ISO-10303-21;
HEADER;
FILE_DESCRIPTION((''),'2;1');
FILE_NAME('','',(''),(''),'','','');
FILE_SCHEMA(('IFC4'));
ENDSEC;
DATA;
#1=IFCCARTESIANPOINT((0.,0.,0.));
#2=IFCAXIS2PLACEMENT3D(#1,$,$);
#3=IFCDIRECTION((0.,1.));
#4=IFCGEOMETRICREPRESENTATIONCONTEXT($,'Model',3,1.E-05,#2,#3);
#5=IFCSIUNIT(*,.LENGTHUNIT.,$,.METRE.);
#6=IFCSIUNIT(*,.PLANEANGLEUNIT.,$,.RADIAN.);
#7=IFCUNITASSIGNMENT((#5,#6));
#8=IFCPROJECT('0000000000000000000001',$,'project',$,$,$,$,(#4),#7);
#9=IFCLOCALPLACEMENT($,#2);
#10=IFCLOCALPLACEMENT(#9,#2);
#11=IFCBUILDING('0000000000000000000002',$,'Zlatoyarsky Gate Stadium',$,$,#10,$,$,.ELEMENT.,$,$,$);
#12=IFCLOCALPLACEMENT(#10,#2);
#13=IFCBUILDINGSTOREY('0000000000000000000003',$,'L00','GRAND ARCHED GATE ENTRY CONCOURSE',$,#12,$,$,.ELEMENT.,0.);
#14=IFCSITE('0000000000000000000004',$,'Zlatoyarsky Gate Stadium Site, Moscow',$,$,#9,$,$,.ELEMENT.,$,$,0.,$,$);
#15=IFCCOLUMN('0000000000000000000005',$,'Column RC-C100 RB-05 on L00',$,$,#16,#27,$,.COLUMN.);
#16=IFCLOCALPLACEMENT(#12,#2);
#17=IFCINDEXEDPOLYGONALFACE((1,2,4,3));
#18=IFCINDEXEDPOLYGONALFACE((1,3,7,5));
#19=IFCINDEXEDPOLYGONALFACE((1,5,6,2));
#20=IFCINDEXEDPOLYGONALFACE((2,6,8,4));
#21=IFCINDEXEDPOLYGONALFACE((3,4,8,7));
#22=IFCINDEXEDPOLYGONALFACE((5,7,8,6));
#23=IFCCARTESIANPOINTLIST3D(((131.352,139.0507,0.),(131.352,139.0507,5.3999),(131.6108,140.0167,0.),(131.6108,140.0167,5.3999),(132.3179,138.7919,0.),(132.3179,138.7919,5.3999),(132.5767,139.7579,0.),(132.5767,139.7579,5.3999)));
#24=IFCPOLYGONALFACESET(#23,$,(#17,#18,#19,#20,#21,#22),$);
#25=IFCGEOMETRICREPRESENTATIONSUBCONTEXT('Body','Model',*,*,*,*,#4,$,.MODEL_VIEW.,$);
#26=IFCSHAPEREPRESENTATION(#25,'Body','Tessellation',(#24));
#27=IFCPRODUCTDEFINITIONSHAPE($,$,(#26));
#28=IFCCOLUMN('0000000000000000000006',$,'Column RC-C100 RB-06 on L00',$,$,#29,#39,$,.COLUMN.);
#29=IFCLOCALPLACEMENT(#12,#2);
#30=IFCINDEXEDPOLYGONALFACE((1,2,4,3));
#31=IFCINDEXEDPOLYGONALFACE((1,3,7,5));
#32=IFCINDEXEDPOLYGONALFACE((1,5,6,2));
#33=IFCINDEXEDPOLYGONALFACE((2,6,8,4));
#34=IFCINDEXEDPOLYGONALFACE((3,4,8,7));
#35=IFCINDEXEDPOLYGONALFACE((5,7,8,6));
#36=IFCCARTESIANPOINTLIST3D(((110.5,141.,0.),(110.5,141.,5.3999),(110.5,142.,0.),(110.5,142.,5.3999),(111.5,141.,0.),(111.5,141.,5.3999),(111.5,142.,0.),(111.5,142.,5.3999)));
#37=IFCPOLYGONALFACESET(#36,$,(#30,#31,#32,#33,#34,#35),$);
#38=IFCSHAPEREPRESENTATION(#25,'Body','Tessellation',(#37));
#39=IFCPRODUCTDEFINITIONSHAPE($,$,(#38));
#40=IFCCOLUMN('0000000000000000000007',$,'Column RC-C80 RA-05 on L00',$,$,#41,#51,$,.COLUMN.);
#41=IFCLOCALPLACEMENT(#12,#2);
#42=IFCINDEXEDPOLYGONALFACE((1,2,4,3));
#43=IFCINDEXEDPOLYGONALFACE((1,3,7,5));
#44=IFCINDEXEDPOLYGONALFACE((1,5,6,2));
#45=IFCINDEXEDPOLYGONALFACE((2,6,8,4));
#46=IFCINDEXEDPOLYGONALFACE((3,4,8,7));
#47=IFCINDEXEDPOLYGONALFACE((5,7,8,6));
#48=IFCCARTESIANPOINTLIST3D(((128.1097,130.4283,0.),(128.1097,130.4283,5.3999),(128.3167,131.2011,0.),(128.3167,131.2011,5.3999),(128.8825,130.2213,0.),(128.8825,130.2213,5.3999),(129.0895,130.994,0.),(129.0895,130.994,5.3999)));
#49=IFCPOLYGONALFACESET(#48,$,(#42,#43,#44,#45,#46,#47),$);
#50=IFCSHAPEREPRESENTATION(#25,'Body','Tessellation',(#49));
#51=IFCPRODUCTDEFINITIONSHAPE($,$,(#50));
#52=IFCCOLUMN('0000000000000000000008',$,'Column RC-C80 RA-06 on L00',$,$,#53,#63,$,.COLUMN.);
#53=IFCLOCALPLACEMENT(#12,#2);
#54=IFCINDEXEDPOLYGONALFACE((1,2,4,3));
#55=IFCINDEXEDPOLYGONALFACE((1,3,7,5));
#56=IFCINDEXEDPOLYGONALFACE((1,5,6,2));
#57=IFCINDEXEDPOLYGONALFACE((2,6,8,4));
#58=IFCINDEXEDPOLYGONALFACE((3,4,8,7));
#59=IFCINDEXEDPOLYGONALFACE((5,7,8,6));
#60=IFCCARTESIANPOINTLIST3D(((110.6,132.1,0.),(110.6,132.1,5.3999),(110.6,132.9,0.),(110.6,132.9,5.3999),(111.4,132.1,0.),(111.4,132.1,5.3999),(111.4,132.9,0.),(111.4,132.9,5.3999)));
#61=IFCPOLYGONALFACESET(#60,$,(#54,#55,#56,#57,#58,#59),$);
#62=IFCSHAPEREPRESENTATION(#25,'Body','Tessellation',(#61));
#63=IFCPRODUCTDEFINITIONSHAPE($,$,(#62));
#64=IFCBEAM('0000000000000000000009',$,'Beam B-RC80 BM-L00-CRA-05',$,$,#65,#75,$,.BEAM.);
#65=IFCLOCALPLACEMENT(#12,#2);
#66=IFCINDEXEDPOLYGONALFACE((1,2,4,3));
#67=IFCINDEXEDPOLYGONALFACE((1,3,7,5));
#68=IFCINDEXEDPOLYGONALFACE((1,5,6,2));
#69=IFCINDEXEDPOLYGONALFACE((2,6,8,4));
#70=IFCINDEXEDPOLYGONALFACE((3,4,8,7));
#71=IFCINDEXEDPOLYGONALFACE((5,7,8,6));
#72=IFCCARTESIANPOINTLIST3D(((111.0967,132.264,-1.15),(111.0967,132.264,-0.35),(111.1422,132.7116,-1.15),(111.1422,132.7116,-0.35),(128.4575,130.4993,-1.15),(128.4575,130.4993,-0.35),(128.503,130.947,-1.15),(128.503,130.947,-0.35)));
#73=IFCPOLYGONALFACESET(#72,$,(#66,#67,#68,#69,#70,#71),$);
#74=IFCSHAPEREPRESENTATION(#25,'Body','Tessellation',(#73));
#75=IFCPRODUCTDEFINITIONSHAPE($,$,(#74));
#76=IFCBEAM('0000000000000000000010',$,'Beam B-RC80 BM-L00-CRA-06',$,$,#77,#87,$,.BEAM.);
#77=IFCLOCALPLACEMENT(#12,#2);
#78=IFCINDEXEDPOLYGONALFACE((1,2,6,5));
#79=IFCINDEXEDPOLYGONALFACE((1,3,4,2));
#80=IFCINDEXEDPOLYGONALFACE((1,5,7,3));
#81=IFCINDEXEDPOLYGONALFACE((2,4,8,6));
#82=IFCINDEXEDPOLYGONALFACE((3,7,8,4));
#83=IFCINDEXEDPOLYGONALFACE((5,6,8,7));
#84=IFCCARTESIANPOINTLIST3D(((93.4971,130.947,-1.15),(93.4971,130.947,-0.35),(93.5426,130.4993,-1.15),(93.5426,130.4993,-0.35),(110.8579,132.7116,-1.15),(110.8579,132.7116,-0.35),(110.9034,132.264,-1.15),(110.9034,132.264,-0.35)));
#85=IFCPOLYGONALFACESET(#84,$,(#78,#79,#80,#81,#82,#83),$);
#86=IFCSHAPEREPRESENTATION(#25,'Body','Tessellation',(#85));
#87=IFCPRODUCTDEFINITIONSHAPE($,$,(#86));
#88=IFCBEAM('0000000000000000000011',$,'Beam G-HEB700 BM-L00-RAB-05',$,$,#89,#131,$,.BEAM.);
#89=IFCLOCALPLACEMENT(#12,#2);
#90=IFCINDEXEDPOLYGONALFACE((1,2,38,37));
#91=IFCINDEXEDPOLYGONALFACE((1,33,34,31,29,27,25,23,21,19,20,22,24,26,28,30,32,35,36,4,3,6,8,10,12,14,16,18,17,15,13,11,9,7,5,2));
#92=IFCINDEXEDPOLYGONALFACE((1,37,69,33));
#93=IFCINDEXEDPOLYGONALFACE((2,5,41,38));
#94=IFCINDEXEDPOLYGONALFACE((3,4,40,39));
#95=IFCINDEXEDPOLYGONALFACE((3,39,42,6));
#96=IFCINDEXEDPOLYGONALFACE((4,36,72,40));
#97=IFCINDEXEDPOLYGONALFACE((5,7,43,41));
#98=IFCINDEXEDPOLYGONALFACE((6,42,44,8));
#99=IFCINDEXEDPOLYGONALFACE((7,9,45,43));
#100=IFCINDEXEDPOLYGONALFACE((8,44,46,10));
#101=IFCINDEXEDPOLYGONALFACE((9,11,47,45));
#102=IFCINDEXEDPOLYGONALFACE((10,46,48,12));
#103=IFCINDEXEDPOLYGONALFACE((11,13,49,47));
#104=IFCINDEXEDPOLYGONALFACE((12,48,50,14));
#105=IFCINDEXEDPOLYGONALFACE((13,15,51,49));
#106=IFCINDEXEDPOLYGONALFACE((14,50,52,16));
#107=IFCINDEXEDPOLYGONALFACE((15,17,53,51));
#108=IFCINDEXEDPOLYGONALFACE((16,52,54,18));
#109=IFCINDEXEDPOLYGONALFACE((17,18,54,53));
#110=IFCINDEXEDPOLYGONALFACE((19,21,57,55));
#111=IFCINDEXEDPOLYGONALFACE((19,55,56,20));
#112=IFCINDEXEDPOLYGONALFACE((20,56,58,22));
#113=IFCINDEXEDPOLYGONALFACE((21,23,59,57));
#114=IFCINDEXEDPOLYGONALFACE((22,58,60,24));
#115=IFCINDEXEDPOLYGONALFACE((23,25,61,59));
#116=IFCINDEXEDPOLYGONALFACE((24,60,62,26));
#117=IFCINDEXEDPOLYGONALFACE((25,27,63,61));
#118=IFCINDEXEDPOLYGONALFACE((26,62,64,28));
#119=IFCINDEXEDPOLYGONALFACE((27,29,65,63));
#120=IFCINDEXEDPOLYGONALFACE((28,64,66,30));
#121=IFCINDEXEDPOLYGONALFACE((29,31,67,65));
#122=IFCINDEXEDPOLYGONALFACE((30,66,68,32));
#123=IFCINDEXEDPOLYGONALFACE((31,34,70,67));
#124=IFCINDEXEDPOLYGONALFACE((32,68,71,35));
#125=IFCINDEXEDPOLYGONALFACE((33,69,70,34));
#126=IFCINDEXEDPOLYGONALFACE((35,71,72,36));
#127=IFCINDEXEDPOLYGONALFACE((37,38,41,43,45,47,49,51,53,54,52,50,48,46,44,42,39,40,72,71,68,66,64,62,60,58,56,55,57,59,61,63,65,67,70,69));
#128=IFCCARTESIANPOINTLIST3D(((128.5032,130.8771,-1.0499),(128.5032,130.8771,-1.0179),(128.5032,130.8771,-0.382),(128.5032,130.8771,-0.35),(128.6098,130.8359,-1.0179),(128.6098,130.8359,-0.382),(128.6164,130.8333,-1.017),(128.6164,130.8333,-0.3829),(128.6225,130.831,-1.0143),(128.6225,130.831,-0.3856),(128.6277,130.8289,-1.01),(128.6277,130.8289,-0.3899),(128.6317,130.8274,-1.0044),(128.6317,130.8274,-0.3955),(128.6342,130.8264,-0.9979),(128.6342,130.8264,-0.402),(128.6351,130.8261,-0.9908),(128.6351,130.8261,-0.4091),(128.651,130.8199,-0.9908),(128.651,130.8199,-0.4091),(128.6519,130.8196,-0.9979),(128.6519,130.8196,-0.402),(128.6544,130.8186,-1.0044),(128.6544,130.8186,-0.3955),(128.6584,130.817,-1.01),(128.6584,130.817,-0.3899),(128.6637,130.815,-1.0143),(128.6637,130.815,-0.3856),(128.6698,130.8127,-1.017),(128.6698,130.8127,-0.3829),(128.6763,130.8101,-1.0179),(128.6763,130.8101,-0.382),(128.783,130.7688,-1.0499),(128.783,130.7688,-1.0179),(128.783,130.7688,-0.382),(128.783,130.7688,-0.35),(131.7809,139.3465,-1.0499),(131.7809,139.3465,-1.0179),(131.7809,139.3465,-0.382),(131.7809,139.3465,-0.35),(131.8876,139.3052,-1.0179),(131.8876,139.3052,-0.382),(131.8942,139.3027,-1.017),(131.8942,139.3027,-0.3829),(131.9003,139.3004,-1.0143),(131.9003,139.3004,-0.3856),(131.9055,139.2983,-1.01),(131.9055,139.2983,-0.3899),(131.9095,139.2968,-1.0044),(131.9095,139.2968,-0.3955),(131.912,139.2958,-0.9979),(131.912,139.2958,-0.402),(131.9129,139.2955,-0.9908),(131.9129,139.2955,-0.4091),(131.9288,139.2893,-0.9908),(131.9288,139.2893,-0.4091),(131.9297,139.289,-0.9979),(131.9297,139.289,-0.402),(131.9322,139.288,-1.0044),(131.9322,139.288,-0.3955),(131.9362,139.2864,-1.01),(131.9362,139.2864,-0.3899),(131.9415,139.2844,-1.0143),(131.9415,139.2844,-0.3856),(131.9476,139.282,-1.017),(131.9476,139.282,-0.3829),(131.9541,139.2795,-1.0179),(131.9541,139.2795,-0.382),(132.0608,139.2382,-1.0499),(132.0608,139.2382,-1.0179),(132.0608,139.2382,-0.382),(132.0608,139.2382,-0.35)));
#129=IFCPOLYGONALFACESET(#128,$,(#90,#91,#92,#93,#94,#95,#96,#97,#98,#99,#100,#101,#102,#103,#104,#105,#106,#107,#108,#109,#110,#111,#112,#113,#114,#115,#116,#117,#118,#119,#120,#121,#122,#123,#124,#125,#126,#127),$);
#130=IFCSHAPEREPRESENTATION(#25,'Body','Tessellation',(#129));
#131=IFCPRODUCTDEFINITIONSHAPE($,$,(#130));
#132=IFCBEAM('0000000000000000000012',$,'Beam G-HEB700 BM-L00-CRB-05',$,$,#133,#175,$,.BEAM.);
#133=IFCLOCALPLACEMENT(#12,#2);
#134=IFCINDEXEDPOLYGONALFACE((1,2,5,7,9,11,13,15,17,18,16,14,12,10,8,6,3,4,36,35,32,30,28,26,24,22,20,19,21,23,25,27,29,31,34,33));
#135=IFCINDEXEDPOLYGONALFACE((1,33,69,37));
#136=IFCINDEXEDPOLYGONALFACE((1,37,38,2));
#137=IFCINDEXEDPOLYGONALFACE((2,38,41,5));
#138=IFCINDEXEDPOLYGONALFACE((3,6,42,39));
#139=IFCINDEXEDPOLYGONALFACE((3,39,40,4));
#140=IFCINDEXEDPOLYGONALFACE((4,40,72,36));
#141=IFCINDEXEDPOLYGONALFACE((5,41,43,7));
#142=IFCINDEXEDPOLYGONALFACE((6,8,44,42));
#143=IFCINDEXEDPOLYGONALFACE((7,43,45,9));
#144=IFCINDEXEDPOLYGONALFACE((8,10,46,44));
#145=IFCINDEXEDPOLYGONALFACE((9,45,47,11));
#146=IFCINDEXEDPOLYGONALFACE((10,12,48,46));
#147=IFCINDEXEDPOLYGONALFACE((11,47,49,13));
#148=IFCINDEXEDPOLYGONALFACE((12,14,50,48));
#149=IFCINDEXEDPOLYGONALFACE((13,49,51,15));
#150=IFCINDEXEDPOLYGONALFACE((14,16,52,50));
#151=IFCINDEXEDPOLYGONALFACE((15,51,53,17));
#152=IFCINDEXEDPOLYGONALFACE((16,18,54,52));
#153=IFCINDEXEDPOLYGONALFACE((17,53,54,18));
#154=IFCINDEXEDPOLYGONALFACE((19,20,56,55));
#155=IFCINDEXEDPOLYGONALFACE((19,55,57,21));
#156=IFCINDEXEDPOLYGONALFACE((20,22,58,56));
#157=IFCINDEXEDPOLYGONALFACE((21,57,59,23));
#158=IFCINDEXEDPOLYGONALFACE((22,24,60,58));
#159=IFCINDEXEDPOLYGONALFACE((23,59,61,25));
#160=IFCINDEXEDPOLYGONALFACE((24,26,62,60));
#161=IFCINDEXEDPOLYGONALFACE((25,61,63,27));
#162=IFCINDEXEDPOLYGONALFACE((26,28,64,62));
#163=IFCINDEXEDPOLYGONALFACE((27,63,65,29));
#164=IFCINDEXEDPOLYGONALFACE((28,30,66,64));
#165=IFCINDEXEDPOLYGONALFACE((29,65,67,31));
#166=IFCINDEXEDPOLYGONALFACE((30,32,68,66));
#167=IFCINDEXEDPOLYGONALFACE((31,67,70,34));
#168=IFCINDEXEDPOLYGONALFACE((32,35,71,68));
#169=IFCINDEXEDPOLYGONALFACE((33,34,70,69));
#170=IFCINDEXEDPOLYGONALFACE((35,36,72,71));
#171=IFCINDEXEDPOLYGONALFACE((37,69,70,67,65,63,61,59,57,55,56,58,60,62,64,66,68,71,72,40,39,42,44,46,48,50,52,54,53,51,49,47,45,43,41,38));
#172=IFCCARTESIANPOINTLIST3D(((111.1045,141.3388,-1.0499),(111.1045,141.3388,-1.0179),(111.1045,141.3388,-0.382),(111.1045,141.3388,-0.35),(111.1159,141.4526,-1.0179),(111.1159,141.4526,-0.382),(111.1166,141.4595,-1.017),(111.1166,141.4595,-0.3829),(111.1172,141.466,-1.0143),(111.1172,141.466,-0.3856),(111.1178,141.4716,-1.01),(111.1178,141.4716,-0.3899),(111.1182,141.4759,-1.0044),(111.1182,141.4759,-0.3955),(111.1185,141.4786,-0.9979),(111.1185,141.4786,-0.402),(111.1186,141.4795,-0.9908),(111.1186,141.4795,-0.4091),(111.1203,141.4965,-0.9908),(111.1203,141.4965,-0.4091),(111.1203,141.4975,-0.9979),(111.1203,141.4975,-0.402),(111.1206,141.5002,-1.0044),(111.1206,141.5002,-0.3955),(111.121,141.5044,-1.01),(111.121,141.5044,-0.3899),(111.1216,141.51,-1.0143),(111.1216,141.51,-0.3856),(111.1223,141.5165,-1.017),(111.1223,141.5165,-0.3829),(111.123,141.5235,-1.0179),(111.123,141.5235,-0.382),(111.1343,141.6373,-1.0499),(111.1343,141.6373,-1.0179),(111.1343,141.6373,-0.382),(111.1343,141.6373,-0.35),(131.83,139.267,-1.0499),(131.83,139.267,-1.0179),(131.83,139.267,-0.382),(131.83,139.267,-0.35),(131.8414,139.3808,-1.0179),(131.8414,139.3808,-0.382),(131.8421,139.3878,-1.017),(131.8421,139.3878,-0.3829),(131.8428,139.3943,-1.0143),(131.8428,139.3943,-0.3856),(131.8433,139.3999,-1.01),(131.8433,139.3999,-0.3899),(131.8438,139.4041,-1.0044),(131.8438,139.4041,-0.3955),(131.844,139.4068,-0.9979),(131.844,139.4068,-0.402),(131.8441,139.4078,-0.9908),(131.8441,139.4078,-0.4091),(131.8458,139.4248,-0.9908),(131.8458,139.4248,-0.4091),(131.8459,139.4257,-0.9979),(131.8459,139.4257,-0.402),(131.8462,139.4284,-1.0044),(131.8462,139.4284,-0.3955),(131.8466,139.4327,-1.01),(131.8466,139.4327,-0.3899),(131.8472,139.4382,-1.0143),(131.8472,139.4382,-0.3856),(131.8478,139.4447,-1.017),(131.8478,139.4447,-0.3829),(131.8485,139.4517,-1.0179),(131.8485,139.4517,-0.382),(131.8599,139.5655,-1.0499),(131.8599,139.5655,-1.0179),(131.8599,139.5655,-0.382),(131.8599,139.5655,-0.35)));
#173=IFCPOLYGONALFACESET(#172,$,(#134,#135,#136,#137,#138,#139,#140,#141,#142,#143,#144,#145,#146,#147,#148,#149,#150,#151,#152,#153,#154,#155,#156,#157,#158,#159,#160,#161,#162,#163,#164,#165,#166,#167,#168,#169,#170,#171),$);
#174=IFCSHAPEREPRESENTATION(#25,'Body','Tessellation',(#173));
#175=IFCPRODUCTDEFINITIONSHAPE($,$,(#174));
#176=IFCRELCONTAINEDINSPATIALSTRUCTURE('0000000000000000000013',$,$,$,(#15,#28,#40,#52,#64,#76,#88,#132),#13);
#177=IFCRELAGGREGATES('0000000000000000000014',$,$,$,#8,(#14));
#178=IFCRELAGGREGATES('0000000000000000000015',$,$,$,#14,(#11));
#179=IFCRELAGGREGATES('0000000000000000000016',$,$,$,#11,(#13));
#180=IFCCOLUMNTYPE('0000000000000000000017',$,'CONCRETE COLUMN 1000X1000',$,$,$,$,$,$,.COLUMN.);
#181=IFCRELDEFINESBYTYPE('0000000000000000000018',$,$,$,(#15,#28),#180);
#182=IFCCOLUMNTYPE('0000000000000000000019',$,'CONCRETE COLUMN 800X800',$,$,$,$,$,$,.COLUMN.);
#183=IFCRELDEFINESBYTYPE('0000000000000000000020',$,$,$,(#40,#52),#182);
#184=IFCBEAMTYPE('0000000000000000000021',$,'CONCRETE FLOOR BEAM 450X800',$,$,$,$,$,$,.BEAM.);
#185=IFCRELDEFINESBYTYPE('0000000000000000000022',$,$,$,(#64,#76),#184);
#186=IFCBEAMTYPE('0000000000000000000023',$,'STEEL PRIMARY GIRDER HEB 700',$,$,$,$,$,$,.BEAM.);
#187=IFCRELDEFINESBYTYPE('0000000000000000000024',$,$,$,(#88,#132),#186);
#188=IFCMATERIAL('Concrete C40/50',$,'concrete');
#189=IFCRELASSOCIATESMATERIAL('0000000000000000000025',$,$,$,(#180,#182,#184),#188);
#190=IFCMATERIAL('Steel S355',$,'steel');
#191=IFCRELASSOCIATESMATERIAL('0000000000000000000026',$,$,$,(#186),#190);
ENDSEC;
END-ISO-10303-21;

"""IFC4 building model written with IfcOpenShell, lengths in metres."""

from ifc_helpers import new_model, si_unit, direction, frame, origin, origin_2d, place, context, subcontext, project, spatial, rectangle, i_section, extrude, material, material_profile, profile_set, type_object, element, save


model = new_model("IFC4")

# Units and contexts
model_context = context("Model", 3, precision=1e-05, world=origin(), true_north=direction((0.0, 1.0)))
body_context = subcontext(model_context, "Body", "Model", "MODEL_VIEW")
ifc_project = project(units=[si_unit("LENGTHUNIT", "METRE"), si_unit("PLANEANGLEUNIT", "RADIAN")], contexts=[model_context])

# Site, building, storey
site_placement = place(None, origin())
site = spatial("IfcSite", under=ifc_project, at=site_placement, Name="Zlatoyarsky Gate Stadium Site, Moscow", CompositionType="ELEMENT", RefElevation=0.0)
building_placement = place(site_placement, origin())
building = spatial("IfcBuilding", under=site, at=building_placement, Name="Zlatoyarsky Gate Stadium", CompositionType="ELEMENT")
storey_placement = place(building_placement, origin())
storey = spatial("IfcBuildingStorey", under=building, at=storey_placement, Name="L00", Description="GRAND ARCHED GATE ENTRY CONCOURSE", CompositionType="ELEMENT", Elevation=0.0)

# Columns
ifc_material_1 = material(Name="Concrete C40/50", Category="concrete")
ifc_material_profile_1 = material_profile(ifc_material_1, rectangle(XDim=1.0, YDim=1.0, at=origin_2d()), Name="RC COL 1000X1000")
ifc_profile_set_1 = profile_set([ifc_material_profile_1], Name="Concrete C40/50")
column_type_1 = type_object("IfcColumnType", Name="CONCRETE COLUMN 1000X1000", PredefinedType="COLUMN", material=ifc_profile_set_1)
for number, where, z_axis, x_axis, name in (
    (1, (131.9644, 139.4043, 0.0), (0.0, 0.0, 1.0), (0.258819, 0.965926, 0.0), "Column RC-C100 RB-05 on L00"),
    (2, (111.0, 141.5, 0.0), (0.0, 0.0, 1.0), (0.0, 1.0, 0.0), "Column RC-C100 RB-06 on L00"),
):
    element("IfcColumn", number, at=place(storey_placement, frame(where, z_axis=z_axis, x_axis=x_axis)), inside=storey, type_object=column_type_1, Name=name, PredefinedType="COLUMN", context=body_context, shape_type="SweptSolid", body=[
        extrude(rectangle(XDim=1.0, YDim=1.0, at=origin_2d()), origin(), (0.0, 0.0, 1.0), 5.3999),
    ])
ifc_material_profile_2 = material_profile(ifc_material_1, rectangle(XDim=0.8, YDim=0.8, at=origin_2d()), Name="RC COL 800X800")
ifc_profile_set_2 = profile_set([ifc_material_profile_2], Name="Concrete C40/50")
column_type_2 = type_object("IfcColumnType", Name="CONCRETE COLUMN 800X800", PredefinedType="COLUMN", material=ifc_profile_set_2)
for number, where, z_axis, x_axis, name in (
    (3, (128.5996, 130.7112, 0.0), (0.0, 0.0, 1.0), (0.258819, 0.965926, 0.0), "Column RC-C80 RA-05 on L00"),
    (4, (111.0, 132.5, 0.0), (0.0, 0.0, 1.0), (0.0, 1.0, 0.0), "Column RC-C80 RA-06 on L00"),
):
    element("IfcColumn", number, at=place(storey_placement, frame(where, z_axis=z_axis, x_axis=x_axis)), inside=storey, type_object=column_type_2, Name=name, PredefinedType="COLUMN", context=body_context, shape_type="SweptSolid", body=[
        extrude(rectangle(XDim=0.8, YDim=0.8, at=origin_2d()), origin(), (0.0, 0.0, 1.0), 5.3999),
    ])

# Beams
ifc_material_profile_3 = material_profile(ifc_material_1, rectangle(XDim=0.45, YDim=0.8, at=origin_2d()), Name="RC BEAM 450X800")
ifc_profile_set_3 = profile_set([ifc_material_profile_3], Name="Concrete C40/50")
beam_type_1 = type_object("IfcBeamType", Name="CONCRETE FLOOR BEAM 450X800", PredefinedType="BEAM", material=ifc_profile_set_3)
for number, where, z_axis, x_axis, name in (
    (5, (128.4802, 130.7231, -0.75), (-0.994874, 0.101124, 0.0), (-0.101124, -0.994874, 0.0), "Beam B-RC80 BM-L00-CRA-05"),
    (6, (110.8806, 132.4878, -0.75), (-0.994874, -0.101124, 0.0), (0.101124, -0.994874, 0.0), "Beam B-RC80 BM-L00-CRA-06"),
):
    element("IfcBeam", number, at=place(storey_placement, frame(where, z_axis=z_axis, x_axis=x_axis)), inside=storey, type_object=beam_type_1, Name=name, PredefinedType="BEAM", context=body_context, shape_type="SweptSolid", body=[
        extrude(rectangle(XDim=0.45, YDim=0.8, at=origin_2d()), origin(), (0.0, 0.0, 1.0), 17.4502),
    ])
ifc_material_2 = material(Name="Steel S355", Category="steel")
ifc_material_profile_4 = material_profile(ifc_material_2, i_section(OverallWidth=0.3, OverallDepth=0.7, WebThickness=0.0171, FlangeThickness=0.032, FilletRadius=0.0271, at=origin_2d()), Name="HEB 700")
ifc_profile_set_4 = profile_set([ifc_material_profile_4], Name="Steel S355")
beam_type_2 = type_object("IfcBeamType", Name="STEEL PRIMARY GIRDER HEB 700", PredefinedType="BEAM", material=ifc_profile_set_4)
beam_1_placement = place(storey_placement, frame((128.6431, 130.823, -0.7), z_axis=(0.360929, 0.932593, 0.0), x_axis=(-0.932593, 0.360929, 0.0)))
element("IfcBeam", 7, at=beam_1_placement, inside=storey, type_object=beam_type_2, Name="Beam G-HEB700 BM-L00-RAB-05", PredefinedType="BEAM", context=body_context, shape_type="SweptSolid", body=[
    extrude(i_section(OverallWidth=0.3, OverallDepth=0.7, WebThickness=0.0171, FlangeThickness=0.032, FilletRadius=0.0271, at=origin_2d()), origin(), (0.0, 0.0, 1.0), 9.0815),
])
beam_2_placement = place(storey_placement, frame((131.845, 139.4163, -0.7), z_axis=(-0.995041, 0.099467, 0.0), x_axis=(-0.099467, -0.995041, 0.0)))
element("IfcBeam", 8, at=beam_2_placement, inside=storey, type_object=beam_type_2, Name="Beam G-HEB700 BM-L00-CRB-05", PredefinedType="BEAM", context=body_context, shape_type="SweptSolid", body=[
    extrude(i_section(OverallWidth=0.3, OverallDepth=0.7, WebThickness=0.0171, FlangeThickness=0.032, FilletRadius=0.0271, at=origin_2d()), origin(), (0.0, 0.0, 1.0), 20.8289),
])

save(model, "model.ifc")
